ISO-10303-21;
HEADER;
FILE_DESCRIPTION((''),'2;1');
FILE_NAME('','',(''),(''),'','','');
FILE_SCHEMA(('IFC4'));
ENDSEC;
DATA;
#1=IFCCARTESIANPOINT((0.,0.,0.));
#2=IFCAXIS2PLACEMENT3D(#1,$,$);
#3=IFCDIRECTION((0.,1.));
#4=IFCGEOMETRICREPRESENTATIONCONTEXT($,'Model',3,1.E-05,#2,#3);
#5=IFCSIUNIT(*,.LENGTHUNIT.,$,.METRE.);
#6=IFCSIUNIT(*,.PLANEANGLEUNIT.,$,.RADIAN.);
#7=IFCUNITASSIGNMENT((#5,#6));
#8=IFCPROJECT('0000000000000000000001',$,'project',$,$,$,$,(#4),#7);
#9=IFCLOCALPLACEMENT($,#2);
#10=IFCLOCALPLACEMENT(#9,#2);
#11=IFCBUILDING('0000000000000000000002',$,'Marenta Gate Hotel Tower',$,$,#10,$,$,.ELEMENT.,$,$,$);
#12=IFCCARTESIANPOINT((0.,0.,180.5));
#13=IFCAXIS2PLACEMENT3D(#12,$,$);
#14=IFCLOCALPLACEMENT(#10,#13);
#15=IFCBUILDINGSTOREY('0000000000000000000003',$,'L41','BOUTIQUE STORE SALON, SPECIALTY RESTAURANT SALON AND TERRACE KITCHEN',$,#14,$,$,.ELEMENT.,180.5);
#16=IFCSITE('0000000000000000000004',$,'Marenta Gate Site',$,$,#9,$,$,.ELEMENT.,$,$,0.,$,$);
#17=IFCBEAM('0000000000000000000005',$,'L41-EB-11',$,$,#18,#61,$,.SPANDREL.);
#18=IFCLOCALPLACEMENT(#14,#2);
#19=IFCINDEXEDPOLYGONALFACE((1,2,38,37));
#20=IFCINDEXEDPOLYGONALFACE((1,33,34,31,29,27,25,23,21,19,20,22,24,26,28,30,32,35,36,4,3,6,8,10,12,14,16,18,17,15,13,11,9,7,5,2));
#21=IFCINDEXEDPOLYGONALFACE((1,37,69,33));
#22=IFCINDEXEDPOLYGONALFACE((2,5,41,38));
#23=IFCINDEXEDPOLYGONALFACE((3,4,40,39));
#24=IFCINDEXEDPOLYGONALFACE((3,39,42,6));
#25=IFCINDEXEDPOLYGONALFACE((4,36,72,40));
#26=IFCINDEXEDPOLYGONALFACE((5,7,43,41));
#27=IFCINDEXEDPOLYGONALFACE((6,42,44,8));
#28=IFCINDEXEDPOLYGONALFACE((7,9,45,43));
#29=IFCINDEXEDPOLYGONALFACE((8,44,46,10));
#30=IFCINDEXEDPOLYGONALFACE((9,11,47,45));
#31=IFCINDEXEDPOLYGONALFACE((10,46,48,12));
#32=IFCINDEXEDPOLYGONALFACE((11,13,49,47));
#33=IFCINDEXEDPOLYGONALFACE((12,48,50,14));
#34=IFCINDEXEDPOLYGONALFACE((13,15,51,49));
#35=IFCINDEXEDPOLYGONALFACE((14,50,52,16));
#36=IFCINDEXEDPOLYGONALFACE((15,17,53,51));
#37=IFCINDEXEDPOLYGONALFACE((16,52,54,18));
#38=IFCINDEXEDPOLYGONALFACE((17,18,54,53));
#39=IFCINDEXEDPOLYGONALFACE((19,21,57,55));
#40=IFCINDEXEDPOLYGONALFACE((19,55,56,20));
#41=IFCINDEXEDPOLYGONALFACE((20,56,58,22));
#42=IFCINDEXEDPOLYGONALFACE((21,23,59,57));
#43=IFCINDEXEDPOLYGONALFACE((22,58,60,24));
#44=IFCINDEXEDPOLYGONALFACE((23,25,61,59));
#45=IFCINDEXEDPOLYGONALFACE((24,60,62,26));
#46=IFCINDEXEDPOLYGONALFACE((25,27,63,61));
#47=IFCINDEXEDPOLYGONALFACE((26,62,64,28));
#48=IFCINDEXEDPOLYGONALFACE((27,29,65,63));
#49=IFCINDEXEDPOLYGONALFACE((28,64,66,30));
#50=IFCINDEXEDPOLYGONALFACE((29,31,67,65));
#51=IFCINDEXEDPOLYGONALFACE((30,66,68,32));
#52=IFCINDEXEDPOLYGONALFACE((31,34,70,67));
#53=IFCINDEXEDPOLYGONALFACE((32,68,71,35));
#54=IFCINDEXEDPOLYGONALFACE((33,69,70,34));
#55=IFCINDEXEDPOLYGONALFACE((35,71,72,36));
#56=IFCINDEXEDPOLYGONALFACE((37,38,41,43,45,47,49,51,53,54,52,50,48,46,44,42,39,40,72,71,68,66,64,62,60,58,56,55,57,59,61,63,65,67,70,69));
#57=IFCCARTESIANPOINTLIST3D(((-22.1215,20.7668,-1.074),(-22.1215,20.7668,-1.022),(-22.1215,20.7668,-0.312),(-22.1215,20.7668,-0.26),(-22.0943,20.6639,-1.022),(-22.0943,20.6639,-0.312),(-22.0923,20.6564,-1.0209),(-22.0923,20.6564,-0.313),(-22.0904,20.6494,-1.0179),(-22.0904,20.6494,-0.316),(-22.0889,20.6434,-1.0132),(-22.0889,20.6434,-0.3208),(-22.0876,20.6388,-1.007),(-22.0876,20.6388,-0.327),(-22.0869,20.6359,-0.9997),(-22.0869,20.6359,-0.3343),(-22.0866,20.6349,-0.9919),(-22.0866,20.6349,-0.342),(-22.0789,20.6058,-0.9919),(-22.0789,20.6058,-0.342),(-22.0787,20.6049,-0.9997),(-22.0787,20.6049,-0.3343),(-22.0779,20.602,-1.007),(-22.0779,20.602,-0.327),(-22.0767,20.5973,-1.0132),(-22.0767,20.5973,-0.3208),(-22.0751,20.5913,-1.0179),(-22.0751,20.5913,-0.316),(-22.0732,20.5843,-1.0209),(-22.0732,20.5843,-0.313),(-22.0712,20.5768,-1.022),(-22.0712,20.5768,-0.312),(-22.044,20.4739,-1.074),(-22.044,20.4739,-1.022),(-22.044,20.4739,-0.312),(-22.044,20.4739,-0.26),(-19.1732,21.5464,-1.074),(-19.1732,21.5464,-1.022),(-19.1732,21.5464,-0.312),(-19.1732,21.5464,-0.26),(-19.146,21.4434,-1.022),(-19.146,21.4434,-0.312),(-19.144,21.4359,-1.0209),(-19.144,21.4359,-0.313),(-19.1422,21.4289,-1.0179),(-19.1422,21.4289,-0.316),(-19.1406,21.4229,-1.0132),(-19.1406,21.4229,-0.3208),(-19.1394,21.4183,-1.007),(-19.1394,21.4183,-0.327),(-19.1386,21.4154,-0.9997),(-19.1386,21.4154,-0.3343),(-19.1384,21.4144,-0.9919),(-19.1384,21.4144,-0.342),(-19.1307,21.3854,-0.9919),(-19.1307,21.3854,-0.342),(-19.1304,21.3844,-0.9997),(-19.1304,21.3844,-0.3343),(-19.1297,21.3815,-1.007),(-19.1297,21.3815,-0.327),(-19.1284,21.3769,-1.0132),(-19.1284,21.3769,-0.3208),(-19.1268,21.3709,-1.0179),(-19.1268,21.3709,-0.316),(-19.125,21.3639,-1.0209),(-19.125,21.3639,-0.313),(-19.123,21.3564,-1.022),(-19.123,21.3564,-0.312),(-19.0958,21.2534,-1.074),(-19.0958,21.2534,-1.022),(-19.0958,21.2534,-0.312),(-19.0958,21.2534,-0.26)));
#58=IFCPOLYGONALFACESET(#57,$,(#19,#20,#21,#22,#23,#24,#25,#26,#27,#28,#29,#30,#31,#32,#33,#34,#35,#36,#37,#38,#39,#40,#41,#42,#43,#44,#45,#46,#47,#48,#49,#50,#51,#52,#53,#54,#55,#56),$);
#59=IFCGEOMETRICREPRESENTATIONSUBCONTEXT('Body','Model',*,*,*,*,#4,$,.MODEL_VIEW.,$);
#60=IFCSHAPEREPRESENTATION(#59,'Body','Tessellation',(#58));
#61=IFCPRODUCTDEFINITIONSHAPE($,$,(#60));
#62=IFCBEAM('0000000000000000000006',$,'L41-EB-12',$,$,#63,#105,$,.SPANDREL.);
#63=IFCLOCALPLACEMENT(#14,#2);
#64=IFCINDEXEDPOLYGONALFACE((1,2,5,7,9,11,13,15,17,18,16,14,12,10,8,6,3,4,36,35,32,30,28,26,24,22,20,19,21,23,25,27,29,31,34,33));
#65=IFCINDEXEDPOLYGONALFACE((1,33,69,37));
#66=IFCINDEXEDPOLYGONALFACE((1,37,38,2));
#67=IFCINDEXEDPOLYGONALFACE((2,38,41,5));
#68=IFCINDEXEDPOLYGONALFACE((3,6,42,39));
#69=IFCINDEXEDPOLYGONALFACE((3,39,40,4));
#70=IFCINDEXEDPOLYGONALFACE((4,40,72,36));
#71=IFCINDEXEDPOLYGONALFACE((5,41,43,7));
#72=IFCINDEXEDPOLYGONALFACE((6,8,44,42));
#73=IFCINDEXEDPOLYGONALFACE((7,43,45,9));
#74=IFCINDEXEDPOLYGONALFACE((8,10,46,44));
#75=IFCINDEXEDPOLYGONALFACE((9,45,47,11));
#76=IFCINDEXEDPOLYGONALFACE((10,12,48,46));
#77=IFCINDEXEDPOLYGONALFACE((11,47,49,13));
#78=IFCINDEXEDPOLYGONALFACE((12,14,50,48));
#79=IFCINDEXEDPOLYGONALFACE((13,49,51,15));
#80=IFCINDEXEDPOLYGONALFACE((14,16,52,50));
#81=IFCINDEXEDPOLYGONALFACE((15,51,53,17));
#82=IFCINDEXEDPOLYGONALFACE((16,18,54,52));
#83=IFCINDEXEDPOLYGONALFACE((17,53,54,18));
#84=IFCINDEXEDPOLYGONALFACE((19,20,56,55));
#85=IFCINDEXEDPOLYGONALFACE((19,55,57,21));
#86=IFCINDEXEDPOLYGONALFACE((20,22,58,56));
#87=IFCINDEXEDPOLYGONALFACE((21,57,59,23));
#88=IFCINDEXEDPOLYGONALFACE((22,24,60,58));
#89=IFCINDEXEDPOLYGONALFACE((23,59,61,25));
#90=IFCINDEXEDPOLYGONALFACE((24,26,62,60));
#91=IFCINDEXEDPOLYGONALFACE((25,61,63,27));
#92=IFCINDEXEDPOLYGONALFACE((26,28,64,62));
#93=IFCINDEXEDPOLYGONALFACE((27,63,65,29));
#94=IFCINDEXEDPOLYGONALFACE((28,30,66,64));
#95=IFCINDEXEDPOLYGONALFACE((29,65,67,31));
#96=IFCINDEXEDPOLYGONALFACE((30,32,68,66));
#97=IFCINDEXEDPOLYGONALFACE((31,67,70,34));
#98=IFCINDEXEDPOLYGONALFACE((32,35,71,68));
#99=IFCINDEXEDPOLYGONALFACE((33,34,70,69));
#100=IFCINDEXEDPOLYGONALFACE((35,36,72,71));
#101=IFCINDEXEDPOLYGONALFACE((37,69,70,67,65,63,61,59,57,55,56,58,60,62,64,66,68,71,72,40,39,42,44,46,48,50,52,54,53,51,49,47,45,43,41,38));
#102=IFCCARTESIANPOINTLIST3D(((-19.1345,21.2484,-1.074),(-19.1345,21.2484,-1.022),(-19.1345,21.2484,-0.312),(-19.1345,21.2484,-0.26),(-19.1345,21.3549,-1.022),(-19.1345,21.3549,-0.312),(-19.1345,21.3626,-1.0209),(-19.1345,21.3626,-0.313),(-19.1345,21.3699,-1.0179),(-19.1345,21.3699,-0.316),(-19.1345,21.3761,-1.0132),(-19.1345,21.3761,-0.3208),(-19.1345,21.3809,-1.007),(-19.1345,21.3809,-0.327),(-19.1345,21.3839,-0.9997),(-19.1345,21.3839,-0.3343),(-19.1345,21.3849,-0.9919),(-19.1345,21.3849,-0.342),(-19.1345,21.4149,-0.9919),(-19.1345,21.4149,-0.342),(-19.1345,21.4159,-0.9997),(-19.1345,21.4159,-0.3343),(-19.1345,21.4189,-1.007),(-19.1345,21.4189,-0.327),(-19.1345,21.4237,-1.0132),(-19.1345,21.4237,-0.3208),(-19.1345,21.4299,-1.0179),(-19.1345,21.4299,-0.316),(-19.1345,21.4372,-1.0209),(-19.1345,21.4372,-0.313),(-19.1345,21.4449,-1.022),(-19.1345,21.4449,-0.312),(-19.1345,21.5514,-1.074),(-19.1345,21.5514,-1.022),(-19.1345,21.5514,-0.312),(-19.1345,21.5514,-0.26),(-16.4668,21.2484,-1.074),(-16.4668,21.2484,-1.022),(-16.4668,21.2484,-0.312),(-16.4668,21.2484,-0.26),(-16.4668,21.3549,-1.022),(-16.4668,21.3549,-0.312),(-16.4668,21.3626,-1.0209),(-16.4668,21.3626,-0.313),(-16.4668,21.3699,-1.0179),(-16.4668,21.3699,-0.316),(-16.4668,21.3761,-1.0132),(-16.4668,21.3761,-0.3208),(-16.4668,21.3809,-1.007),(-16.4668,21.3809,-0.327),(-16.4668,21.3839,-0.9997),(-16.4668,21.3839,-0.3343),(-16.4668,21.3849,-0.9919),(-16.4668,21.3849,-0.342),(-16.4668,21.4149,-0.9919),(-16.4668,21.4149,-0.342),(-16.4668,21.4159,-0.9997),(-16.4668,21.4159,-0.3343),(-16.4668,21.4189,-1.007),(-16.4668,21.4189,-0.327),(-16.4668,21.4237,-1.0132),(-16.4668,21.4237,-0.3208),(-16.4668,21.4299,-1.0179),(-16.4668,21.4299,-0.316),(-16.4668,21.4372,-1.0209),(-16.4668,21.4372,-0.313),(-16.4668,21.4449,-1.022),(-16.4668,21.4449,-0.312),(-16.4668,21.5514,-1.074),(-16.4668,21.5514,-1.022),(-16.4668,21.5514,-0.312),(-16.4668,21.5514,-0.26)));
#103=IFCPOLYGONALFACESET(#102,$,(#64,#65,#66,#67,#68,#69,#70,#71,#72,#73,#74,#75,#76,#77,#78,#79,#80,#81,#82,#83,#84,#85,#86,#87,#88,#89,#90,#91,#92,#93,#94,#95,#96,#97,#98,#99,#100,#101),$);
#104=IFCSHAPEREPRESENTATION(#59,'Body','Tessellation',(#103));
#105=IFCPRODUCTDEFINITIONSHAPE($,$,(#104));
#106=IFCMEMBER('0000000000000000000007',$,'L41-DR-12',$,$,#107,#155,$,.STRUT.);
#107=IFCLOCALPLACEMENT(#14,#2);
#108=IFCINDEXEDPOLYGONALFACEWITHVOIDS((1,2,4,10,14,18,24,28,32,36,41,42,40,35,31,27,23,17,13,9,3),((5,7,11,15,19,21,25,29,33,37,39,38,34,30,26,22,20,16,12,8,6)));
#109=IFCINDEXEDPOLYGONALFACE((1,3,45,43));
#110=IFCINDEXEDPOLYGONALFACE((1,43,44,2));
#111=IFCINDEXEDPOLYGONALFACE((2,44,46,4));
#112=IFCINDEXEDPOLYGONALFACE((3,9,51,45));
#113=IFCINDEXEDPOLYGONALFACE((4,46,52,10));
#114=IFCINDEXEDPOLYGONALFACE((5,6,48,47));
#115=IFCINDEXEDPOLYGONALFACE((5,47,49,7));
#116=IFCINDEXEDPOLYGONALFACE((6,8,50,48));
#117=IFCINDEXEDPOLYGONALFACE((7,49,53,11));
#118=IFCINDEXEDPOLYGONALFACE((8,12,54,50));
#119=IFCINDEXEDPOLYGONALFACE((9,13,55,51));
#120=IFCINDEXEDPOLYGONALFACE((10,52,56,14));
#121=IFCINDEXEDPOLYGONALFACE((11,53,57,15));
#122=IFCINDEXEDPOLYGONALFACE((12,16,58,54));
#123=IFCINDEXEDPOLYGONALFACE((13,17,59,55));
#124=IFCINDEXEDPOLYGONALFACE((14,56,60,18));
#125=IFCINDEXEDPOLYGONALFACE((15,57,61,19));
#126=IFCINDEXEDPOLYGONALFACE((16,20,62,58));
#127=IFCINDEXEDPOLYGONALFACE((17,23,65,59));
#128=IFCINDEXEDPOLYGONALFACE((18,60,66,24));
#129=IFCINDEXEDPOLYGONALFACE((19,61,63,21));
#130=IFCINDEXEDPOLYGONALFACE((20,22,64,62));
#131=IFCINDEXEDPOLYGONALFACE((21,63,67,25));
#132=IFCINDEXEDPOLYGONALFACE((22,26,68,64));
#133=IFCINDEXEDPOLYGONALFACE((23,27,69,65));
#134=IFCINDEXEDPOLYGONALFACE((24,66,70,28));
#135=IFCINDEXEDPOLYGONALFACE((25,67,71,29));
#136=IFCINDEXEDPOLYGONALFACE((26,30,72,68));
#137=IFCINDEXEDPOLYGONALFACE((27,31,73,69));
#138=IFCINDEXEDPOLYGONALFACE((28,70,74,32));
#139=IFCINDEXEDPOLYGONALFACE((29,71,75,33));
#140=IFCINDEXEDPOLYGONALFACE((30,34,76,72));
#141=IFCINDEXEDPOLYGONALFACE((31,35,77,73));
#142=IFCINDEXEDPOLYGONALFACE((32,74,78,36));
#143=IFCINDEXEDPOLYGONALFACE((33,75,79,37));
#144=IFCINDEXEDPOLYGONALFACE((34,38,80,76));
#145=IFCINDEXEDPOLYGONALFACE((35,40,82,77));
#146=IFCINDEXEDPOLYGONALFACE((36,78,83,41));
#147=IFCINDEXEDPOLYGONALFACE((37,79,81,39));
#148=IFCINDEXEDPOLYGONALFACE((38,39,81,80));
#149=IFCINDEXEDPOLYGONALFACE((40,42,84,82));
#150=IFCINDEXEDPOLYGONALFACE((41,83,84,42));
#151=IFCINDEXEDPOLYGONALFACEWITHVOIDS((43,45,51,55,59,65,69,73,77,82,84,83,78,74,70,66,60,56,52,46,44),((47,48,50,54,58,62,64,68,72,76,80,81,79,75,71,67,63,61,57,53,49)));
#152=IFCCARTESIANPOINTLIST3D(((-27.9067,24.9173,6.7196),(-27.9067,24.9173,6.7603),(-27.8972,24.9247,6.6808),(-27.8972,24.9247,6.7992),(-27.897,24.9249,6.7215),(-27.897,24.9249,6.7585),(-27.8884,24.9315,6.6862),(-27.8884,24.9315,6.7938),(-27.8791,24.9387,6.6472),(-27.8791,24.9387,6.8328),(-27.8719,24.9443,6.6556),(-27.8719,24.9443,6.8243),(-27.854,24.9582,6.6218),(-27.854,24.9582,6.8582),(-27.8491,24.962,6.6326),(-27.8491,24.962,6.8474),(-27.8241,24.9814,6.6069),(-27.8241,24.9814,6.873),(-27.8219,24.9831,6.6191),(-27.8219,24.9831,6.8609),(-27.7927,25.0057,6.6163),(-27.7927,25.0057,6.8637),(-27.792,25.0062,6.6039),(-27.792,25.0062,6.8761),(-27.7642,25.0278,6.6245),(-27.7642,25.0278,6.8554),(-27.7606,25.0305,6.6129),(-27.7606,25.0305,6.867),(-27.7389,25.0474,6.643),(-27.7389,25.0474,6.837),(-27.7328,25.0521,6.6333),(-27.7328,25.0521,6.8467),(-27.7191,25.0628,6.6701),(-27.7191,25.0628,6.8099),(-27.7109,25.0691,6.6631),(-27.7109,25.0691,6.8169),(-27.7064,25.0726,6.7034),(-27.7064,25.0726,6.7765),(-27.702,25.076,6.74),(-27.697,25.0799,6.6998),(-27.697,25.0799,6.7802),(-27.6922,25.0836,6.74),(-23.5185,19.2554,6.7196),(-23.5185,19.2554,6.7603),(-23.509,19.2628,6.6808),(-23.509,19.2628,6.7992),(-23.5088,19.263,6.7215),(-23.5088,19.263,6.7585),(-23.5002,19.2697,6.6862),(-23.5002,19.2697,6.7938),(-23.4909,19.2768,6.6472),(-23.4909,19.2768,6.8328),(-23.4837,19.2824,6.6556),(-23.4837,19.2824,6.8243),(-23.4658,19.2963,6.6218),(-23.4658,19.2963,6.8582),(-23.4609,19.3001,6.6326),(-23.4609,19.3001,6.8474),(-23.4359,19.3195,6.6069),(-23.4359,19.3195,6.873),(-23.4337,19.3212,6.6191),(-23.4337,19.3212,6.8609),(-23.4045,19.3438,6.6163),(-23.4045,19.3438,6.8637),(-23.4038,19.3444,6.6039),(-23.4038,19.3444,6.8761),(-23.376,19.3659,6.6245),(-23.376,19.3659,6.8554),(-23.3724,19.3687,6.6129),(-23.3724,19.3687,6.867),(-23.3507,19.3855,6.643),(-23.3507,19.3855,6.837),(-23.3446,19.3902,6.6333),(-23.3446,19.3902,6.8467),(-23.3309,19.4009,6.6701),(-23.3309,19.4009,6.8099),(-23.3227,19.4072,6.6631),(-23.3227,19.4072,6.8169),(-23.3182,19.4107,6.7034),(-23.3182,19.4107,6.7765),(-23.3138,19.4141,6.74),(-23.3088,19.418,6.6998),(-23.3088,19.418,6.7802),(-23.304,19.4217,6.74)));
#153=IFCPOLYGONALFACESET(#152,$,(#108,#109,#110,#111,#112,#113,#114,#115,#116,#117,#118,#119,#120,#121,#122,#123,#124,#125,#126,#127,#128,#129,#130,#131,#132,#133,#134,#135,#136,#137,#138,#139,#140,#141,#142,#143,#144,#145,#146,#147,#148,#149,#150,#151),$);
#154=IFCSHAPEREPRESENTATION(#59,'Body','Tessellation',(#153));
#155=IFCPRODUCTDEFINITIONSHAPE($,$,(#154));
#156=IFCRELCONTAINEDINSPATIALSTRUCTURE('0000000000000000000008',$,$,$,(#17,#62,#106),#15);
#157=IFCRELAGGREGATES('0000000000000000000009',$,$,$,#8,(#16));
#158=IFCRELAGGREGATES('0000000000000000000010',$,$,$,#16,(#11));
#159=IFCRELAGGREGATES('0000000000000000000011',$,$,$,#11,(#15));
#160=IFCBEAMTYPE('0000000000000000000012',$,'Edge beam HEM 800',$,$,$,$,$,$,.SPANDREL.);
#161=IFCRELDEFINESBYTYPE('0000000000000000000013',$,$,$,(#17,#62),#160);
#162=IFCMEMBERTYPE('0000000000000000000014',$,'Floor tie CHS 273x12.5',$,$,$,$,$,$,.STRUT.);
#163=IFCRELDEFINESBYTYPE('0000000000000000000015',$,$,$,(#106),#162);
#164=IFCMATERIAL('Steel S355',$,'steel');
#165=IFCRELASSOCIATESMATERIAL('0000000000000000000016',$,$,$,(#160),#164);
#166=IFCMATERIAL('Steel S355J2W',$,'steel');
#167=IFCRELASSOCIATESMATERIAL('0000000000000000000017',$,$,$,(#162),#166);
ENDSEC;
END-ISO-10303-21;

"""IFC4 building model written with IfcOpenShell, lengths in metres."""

from ifc_helpers import new_model, si_unit, direction, frame, origin, origin_2d, place, context, subcontext, project, spatial, hollow_circle, i_section, extrude, material, material_profile, profile_set, type_object, element, save


model = new_model("IFC4")

# Units and contexts
model_context = context("Model", 3, precision=1e-05, world=origin(), true_north=direction((0.0, 1.0)))
body_context = subcontext(model_context, "Body", "Model", "MODEL_VIEW")
ifc_project = project(units=[si_unit("LENGTHUNIT", "METRE"), si_unit("PLANEANGLEUNIT", "RADIAN")], contexts=[model_context])

# Site, building, storey
site_placement = place(None, origin())
site = spatial("IfcSite", under=ifc_project, at=site_placement, Name="Marenta Gate Site", CompositionType="ELEMENT", RefElevation=0.0)
building_placement = place(site_placement, origin())
building = spatial("IfcBuilding", under=site, at=building_placement, Name="Marenta Gate Hotel Tower", CompositionType="ELEMENT")
storey_placement = place(building_placement, frame((0.0, 0.0, 180.5)))
storey = spatial("IfcBuildingStorey", under=building, at=storey_placement, Name="L41", Description="BOUTIQUE STORE SALON, SPECIALTY RESTAURANT SALON AND TERRACE KITCHEN", CompositionType="ELEMENT", Elevation=180.5)

# Beams
ifc_material_1 = material(Name="Steel S355", Category="steel")
ifc_material_profile_1 = material_profile(ifc_material_1, i_section(OverallWidth=0.303, OverallDepth=0.814, WebThickness=0.03, FlangeThickness=0.052, FilletRadius=0.03, at=origin_2d()), Name="HEM 800")
ifc_profile_set_1 = profile_set([ifc_material_profile_1], Name="Steel S355")
beam_type_1 = type_object("IfcBeamType", Name="Edge beam HEM 800", PredefinedType="SPANDREL", material=ifc_profile_set_1)
beam_1_placement = place(storey_placement, frame((-22.0828, 20.6204, -0.667), z_axis=(0.966776, 0.255624, 0.0), x_axis=(-0.255624, 0.966776, 0.0)))
element("IfcBeam", 1, at=beam_1_placement, inside=storey, type_object=beam_type_1, Name="L41-EB-11", PredefinedType="SPANDREL", context=body_context, shape_type="SweptSolid", body=[
    extrude(i_section(OverallWidth=0.303, OverallDepth=0.814, WebThickness=0.03, FlangeThickness=0.052, FilletRadius=0.03, at=origin_2d()), origin(), (0.0, 0.0, 1.0), 3.0496),
])
beam_2_placement = place(storey_placement, frame((-19.1345, 21.3999, -0.667), z_axis=(1.0, 0.0, 0.0), x_axis=(0.0, 1.0, 0.0)))
element("IfcBeam", 2, at=beam_2_placement, inside=storey, type_object=beam_type_1, Name="L41-EB-12", PredefinedType="SPANDREL", context=body_context, shape_type="SweptSolid", body=[
    extrude(i_section(OverallWidth=0.303, OverallDepth=0.814, WebThickness=0.03, FlangeThickness=0.052, FilletRadius=0.03, at=origin_2d()), origin(), (0.0, 0.0, 1.0), 2.6677),
])

# Member
ifc_material_2 = material(Name="Steel S355J2W", Category="steel")
ifc_material_profile_2 = material_profile(ifc_material_2, hollow_circle(Radius=0.1365, WallThickness=0.0125, at=origin_2d()), Name="CHS 273x12.5")
ifc_profile_set_2 = profile_set([ifc_material_profile_2], Name="Steel S355J2W")
member_type_1 = type_object("IfcMemberType", Name="Floor tie CHS 273x12.5", PredefinedType="STRUT", material=ifc_profile_set_2)
member_1_placement = place(storey_placement, frame((-27.8, 25.0, 6.74), z_axis=(0.612592, -0.790399, 0.0), x_axis=(0.790399, 0.612592, 0.0)))
element("IfcMember", 3, at=member_1_placement, inside=storey, type_object=member_type_1, Name="L41-DR-12", PredefinedType="STRUT", context=body_context, shape_type="SweptSolid", body=[
    extrude(hollow_circle(Radius=0.1365, WallThickness=0.0125, at=origin_2d()), origin(), (0.0, 0.0, 1.0), 7.1633),
])

save(model, "model.ifc")
